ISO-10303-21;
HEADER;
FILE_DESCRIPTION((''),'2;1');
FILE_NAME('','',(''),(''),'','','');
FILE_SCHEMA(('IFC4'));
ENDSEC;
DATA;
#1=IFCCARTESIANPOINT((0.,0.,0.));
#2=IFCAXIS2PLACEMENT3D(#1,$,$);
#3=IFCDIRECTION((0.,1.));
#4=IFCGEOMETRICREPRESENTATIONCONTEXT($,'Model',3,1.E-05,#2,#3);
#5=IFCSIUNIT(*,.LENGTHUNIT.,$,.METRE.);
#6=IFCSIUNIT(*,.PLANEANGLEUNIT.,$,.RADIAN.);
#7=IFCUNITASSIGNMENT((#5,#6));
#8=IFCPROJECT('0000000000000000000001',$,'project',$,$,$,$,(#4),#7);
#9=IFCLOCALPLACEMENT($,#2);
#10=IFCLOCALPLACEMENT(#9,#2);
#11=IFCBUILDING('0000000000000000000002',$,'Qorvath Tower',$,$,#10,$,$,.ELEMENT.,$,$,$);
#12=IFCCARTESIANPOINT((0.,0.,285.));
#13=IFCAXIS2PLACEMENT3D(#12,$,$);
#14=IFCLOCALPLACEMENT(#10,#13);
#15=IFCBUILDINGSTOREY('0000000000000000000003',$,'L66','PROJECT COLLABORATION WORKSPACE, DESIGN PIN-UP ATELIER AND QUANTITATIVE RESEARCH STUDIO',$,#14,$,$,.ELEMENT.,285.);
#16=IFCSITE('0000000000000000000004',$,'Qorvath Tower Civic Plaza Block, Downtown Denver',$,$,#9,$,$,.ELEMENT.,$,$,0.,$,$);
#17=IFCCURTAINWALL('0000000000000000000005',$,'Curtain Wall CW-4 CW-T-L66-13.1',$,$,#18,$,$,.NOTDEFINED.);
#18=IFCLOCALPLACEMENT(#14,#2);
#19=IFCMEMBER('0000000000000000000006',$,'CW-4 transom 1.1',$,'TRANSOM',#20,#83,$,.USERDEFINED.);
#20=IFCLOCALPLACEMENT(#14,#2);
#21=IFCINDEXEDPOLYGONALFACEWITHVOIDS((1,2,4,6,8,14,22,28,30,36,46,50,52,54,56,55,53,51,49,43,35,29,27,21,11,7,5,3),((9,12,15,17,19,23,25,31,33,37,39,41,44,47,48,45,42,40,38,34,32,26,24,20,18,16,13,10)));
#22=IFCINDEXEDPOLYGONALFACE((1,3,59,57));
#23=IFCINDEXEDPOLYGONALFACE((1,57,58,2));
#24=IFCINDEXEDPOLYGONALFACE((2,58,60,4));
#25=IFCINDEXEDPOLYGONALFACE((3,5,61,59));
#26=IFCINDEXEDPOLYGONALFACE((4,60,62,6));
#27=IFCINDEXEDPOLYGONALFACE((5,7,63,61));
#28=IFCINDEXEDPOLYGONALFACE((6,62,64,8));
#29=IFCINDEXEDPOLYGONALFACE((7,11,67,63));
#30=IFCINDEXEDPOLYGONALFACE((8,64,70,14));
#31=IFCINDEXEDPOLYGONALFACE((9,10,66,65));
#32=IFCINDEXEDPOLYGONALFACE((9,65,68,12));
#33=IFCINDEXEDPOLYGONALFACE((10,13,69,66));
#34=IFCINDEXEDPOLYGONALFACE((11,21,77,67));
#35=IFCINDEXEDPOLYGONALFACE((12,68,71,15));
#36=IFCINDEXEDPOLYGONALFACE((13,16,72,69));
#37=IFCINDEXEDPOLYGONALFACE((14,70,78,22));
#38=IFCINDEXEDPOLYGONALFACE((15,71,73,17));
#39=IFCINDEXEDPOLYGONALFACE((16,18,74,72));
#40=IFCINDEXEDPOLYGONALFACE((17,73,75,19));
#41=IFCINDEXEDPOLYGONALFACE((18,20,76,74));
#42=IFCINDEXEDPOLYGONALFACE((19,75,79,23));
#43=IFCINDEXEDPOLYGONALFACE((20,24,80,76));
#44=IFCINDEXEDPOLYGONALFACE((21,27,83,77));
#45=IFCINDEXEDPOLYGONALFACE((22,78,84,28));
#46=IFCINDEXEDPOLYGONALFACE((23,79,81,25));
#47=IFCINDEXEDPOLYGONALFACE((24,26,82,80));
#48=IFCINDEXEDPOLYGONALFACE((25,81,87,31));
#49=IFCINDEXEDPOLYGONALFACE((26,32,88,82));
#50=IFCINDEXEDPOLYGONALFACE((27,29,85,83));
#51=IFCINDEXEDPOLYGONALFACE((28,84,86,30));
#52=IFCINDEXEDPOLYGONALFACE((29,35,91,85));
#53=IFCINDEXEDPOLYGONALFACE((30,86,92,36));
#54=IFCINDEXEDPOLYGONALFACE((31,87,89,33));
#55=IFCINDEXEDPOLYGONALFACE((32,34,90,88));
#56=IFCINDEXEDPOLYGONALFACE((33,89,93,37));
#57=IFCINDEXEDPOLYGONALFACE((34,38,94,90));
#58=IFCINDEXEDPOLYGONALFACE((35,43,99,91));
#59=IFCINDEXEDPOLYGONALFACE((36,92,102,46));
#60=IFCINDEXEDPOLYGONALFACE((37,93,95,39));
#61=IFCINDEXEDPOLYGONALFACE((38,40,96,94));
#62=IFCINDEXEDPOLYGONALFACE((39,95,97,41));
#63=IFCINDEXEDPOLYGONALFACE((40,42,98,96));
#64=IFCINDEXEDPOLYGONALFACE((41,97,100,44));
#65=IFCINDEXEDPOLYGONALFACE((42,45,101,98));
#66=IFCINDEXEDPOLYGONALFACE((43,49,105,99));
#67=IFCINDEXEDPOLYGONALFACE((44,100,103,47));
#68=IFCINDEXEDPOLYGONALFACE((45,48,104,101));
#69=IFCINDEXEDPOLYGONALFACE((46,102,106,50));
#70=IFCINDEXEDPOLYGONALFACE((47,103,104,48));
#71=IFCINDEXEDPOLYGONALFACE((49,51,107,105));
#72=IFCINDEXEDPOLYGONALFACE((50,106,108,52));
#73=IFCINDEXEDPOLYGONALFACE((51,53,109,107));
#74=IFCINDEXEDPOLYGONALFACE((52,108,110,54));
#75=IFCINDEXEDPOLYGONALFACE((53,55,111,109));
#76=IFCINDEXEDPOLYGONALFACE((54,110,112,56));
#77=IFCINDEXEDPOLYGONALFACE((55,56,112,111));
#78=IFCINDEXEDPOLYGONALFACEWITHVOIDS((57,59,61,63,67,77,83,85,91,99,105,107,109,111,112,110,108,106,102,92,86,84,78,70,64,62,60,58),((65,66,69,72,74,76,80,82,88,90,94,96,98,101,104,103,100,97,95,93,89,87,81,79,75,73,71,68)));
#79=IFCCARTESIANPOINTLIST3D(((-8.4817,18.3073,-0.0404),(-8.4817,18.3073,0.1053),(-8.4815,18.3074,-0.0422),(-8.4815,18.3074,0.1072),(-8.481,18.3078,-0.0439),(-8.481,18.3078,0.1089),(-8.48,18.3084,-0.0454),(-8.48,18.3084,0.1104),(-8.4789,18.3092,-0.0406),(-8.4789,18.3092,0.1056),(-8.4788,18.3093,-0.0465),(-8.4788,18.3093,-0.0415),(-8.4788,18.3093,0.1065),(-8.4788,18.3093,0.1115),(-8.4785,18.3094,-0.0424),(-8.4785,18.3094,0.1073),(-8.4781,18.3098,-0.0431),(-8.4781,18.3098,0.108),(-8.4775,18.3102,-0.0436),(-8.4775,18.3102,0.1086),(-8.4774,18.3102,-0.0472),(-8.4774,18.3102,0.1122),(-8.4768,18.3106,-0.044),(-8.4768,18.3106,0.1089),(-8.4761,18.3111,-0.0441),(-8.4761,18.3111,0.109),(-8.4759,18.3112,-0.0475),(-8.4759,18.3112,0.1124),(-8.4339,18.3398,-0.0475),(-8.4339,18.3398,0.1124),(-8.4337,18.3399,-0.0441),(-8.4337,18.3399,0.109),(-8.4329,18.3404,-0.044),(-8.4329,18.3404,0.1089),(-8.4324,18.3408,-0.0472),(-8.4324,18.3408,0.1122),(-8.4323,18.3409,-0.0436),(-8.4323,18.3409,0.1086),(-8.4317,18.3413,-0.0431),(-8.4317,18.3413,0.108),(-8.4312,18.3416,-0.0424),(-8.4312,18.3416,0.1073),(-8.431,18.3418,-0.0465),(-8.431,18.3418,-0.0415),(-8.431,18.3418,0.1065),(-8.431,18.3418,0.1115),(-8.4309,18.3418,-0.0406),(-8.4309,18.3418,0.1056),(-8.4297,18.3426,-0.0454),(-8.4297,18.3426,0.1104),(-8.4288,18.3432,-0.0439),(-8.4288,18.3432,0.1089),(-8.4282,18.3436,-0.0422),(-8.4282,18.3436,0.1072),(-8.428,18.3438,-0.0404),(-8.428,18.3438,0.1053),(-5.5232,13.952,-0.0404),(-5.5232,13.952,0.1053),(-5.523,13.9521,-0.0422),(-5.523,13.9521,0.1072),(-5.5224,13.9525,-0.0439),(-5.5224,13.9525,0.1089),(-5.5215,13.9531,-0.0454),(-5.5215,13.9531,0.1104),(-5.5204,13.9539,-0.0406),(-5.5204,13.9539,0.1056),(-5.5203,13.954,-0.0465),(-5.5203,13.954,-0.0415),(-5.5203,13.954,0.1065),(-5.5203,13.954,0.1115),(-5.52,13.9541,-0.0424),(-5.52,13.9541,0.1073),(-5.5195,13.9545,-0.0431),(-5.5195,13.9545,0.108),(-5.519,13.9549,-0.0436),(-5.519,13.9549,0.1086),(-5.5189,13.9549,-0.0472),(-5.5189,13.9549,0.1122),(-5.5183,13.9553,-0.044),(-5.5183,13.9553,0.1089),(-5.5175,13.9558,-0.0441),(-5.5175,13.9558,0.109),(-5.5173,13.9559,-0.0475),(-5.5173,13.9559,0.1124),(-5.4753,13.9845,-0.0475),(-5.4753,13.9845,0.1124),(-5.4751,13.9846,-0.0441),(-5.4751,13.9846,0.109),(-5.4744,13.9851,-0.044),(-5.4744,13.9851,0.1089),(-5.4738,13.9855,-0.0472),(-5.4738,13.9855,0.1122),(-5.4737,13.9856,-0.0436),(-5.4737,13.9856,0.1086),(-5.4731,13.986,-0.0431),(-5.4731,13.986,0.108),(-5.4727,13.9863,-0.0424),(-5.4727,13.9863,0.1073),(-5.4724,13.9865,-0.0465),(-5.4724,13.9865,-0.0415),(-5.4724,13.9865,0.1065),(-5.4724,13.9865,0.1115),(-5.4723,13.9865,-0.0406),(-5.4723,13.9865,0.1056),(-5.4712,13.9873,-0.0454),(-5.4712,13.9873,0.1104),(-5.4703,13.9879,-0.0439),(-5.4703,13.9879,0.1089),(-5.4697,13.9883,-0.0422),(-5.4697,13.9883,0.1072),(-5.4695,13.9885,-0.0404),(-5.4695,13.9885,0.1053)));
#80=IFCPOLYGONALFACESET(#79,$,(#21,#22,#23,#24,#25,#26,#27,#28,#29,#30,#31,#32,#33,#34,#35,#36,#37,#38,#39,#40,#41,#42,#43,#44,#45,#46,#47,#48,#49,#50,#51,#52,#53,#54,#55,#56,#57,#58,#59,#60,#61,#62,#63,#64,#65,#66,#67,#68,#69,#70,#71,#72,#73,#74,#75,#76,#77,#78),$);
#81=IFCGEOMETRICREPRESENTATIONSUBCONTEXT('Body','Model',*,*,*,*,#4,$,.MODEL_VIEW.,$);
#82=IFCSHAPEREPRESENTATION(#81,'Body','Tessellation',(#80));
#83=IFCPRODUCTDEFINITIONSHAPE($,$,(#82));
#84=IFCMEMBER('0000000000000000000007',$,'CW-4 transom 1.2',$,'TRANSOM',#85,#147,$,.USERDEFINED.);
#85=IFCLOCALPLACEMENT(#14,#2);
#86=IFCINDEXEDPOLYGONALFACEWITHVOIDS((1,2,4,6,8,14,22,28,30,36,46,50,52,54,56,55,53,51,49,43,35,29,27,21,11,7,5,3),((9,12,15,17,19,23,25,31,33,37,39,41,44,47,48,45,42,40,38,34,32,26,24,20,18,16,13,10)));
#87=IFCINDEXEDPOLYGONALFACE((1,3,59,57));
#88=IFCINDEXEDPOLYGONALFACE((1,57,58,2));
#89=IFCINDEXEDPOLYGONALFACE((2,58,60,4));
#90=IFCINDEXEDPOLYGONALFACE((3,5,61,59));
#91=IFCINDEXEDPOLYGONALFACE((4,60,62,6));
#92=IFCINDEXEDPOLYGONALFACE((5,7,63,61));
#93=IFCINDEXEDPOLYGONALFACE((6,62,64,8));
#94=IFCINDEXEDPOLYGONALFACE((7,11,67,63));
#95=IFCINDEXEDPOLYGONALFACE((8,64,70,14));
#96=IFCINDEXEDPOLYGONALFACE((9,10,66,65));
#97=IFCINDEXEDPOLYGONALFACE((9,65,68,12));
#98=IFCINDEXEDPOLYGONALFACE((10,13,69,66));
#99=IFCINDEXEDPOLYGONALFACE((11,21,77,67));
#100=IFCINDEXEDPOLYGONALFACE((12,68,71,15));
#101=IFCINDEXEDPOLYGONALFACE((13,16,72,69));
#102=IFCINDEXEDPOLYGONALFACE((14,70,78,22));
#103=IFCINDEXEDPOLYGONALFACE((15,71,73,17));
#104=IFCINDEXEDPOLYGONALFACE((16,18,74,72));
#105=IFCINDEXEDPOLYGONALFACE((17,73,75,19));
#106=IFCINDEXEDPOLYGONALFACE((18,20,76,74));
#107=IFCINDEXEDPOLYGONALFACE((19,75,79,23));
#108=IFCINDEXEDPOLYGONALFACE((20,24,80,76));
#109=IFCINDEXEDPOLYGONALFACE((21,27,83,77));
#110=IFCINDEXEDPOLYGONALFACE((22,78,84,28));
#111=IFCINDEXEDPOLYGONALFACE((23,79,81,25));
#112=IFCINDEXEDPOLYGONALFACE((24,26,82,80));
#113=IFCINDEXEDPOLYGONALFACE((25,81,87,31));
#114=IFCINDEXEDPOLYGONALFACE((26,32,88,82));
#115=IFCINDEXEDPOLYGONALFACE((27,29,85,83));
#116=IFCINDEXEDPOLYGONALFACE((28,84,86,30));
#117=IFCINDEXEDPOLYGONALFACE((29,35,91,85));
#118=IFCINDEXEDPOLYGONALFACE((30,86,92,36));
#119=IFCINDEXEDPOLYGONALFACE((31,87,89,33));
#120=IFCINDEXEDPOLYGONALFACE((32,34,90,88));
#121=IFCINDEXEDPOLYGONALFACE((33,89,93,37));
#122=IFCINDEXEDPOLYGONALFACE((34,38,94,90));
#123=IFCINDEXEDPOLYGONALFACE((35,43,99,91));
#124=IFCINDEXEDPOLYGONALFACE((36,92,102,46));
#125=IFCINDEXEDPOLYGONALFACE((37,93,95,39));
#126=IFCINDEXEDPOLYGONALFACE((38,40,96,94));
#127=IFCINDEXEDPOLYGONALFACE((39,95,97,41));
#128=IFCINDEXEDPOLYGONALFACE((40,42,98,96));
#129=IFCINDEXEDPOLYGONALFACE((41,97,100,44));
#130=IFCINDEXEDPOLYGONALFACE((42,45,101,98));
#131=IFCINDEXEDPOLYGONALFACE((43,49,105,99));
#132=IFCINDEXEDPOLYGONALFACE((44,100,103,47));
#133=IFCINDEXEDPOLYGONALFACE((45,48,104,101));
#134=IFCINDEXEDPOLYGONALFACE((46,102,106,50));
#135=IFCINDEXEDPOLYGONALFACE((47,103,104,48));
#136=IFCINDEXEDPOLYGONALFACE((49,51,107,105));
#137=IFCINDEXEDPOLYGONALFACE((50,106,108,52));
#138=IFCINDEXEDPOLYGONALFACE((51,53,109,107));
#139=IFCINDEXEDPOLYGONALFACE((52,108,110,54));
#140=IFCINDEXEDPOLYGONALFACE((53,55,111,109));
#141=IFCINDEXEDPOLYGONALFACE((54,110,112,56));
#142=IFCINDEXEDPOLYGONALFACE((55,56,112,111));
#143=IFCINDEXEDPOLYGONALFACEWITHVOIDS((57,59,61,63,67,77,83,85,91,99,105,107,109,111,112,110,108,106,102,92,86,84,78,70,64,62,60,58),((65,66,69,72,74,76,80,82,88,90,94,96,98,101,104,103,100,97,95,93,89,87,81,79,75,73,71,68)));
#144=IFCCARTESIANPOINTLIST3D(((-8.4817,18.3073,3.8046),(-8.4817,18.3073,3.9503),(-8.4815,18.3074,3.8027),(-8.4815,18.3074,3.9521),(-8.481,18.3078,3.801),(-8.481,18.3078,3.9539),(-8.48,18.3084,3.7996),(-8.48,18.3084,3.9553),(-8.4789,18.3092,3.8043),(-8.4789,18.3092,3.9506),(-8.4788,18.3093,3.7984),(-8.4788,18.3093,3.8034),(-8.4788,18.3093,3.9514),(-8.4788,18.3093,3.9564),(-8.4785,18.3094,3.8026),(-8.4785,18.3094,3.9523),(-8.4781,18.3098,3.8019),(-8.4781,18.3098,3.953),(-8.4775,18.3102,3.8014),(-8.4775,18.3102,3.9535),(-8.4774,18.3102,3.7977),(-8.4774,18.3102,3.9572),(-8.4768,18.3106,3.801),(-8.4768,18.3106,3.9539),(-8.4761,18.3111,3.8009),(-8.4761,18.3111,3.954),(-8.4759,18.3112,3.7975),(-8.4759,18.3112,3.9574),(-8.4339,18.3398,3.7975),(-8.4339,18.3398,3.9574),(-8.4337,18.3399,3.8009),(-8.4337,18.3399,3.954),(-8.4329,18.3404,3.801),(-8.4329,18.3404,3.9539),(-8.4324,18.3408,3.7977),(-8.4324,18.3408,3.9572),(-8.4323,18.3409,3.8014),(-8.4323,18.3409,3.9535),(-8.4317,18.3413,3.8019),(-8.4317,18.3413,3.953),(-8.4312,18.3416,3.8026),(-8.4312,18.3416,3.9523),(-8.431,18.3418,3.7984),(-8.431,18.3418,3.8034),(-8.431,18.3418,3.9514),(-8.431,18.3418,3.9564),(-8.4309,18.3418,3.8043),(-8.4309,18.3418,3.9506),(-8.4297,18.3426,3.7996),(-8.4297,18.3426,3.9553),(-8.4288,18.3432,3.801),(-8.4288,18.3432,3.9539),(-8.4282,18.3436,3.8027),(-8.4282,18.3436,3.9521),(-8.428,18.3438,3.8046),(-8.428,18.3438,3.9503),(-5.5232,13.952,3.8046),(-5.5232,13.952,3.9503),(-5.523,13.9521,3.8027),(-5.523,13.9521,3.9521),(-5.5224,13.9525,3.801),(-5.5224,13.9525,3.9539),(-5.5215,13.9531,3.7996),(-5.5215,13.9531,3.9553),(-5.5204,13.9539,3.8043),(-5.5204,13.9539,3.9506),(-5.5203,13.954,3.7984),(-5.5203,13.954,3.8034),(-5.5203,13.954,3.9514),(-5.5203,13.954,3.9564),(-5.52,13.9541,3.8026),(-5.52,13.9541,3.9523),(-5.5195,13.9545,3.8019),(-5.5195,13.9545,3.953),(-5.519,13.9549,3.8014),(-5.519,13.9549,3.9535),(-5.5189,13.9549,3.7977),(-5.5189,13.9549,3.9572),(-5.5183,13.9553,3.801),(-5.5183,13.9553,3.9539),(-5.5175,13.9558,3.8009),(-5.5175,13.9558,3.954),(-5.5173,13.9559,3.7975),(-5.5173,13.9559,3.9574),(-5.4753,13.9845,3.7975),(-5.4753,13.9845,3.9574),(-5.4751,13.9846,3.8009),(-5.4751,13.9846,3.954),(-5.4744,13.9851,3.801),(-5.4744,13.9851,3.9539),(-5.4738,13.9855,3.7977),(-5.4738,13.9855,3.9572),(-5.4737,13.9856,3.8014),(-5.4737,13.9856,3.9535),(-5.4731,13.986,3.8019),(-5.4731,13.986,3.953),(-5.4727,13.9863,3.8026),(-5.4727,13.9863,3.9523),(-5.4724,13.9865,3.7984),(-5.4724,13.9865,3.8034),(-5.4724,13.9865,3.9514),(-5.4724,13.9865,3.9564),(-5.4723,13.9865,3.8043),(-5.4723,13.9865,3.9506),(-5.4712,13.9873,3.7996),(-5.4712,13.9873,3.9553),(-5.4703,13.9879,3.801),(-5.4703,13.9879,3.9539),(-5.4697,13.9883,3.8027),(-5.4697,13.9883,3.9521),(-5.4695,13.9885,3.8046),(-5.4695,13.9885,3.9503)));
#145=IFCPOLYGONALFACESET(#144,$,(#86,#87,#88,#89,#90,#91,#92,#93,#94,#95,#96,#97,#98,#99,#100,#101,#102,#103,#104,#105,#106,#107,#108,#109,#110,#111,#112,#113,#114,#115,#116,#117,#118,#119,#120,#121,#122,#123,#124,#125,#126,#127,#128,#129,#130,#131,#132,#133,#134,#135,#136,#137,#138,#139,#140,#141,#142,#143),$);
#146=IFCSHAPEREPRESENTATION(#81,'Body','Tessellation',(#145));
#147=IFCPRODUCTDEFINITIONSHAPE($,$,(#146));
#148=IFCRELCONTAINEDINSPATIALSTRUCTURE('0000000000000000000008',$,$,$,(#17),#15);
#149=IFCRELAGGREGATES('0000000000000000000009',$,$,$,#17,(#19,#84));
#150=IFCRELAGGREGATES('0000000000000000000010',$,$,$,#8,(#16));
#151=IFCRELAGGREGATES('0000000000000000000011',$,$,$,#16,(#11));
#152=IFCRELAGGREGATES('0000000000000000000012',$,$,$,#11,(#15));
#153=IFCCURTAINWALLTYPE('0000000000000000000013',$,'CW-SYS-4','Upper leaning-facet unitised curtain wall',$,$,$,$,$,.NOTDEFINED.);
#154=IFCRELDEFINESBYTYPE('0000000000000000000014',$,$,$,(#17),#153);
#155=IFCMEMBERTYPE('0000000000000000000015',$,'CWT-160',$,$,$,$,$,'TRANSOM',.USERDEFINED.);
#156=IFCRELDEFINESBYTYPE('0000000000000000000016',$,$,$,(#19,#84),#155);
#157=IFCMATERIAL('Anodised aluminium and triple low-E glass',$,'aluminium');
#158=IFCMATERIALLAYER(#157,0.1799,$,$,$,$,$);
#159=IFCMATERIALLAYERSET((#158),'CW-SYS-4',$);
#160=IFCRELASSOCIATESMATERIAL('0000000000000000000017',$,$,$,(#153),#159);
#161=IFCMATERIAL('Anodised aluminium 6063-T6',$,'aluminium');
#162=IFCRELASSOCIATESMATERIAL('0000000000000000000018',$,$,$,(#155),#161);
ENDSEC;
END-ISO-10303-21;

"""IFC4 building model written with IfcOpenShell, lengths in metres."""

from ifc_helpers import new_model, si_unit, direction, frame, origin, origin_2d, place, context, subcontext, project, spatial, hollow_rectangle, extrude, material, layer, layer_set, material_profile, profile_set, type_object, element, aggregate, save


model = new_model("IFC4")

# Units and contexts
model_context = context("Model", 3, precision=1e-05, world=origin(), true_north=direction((0.0, 1.0)))
body_context = subcontext(model_context, "Body", "Model", "MODEL_VIEW")
ifc_project = project(units=[si_unit("LENGTHUNIT", "METRE"), si_unit("PLANEANGLEUNIT", "RADIAN")], contexts=[model_context])

# Site, building, storey
site_placement = place(None, origin())
site = spatial("IfcSite", under=ifc_project, at=site_placement, Name="Qorvath Tower Civic Plaza Block, Downtown Denver", CompositionType="ELEMENT", RefElevation=0.0)
building_placement = place(site_placement, origin())
building = spatial("IfcBuilding", under=site, at=building_placement, Name="Qorvath Tower", CompositionType="ELEMENT")
storey_placement = place(building_placement, frame((0.0, 0.0, 285.0)))
storey = spatial("IfcBuildingStorey", under=building, at=storey_placement, Name="L66", Description="PROJECT COLLABORATION WORKSPACE, DESIGN PIN-UP ATELIER AND QUANTITATIVE RESEARCH STUDIO", CompositionType="ELEMENT", Elevation=285.0)

# Shared definitions
ifc_material_1 = material(Name="Anodised aluminium and triple low-E glass", Category="aluminium")
ifc_layer_1 = layer(ifc_material_1, 0.1799)
ifc_layer_set_1 = layer_set([ifc_layer_1], Name="CW-SYS-4")
curtain_wall_type = type_object("IfcCurtainWallType", Name="CW-SYS-4", Description="Upper leaning-facet unitised curtain wall", PredefinedType="NOTDEFINED", material=ifc_layer_set_1)

# Curtain wall
curtain_wall_1_placement = place(storey_placement, origin())
curtain_wall_1 = element("IfcCurtainWall", 1, at=curtain_wall_1_placement, inside=storey, type_object=curtain_wall_type, Name="Curtain Wall CW-4 CW-T-L66-13.1", PredefinedType="NOTDEFINED")

# Members
ifc_material_2 = material(Name="Anodised aluminium 6063-T6", Category="aluminium")
ifc_material_profile_1 = material_profile(ifc_material_2, hollow_rectangle(XDim=0.0649, YDim=0.1599, WallThickness=0.0034, InnerFilletRadius=0.0034, OuterFilletRadius=0.0071, at=origin_2d()), Name="CWT 160x65")
ifc_profile_set_1 = profile_set([ifc_material_profile_1], Name="Anodised aluminium 6063-T6")
member_type_1 = type_object("IfcMemberType", Name="CWT-160", ElementType="TRANSOM", PredefinedType="USERDEFINED", material=ifc_profile_set_1)
member_1_placement = place(storey_placement, frame((-5.4963, 13.9702, 0.0325), z_axis=(-0.561913, 0.827196, 0.0), x_axis=(-0.827196, -0.561913, 0.0)))
member_1 = element("IfcMember", 2, at=member_1_placement, type_object=member_type_1, Name="CW-4 transom 1.1", ObjectType="TRANSOM", PredefinedType="USERDEFINED", context=body_context, shape_type="SweptSolid", body=[
    extrude(hollow_rectangle(XDim=0.0649, YDim=0.1599, WallThickness=0.0034, InnerFilletRadius=0.0034, OuterFilletRadius=0.0071, at=origin_2d()), origin(), (0.0, 0.0, 1.0), 5.2651),
])
member_2_placement = place(storey_placement, frame((-5.4963, 13.9702, 3.8774), z_axis=(-0.561913, 0.827196, 0.0), x_axis=(-0.827196, -0.561913, 0.0)))
member_2 = element("IfcMember", 3, at=member_2_placement, type_object=member_type_1, Name="CW-4 transom 1.2", ObjectType="TRANSOM", PredefinedType="USERDEFINED", context=body_context, shape_type="SweptSolid", body=[
    extrude(hollow_rectangle(XDim=0.0649, YDim=0.1599, WallThickness=0.0034, InnerFilletRadius=0.0034, OuterFilletRadius=0.0071, at=origin_2d()), origin(), (0.0, 0.0, 1.0), 5.2651),
])

aggregate(curtain_wall_1, [member_1, member_2])

save(model, "model.ifc")
